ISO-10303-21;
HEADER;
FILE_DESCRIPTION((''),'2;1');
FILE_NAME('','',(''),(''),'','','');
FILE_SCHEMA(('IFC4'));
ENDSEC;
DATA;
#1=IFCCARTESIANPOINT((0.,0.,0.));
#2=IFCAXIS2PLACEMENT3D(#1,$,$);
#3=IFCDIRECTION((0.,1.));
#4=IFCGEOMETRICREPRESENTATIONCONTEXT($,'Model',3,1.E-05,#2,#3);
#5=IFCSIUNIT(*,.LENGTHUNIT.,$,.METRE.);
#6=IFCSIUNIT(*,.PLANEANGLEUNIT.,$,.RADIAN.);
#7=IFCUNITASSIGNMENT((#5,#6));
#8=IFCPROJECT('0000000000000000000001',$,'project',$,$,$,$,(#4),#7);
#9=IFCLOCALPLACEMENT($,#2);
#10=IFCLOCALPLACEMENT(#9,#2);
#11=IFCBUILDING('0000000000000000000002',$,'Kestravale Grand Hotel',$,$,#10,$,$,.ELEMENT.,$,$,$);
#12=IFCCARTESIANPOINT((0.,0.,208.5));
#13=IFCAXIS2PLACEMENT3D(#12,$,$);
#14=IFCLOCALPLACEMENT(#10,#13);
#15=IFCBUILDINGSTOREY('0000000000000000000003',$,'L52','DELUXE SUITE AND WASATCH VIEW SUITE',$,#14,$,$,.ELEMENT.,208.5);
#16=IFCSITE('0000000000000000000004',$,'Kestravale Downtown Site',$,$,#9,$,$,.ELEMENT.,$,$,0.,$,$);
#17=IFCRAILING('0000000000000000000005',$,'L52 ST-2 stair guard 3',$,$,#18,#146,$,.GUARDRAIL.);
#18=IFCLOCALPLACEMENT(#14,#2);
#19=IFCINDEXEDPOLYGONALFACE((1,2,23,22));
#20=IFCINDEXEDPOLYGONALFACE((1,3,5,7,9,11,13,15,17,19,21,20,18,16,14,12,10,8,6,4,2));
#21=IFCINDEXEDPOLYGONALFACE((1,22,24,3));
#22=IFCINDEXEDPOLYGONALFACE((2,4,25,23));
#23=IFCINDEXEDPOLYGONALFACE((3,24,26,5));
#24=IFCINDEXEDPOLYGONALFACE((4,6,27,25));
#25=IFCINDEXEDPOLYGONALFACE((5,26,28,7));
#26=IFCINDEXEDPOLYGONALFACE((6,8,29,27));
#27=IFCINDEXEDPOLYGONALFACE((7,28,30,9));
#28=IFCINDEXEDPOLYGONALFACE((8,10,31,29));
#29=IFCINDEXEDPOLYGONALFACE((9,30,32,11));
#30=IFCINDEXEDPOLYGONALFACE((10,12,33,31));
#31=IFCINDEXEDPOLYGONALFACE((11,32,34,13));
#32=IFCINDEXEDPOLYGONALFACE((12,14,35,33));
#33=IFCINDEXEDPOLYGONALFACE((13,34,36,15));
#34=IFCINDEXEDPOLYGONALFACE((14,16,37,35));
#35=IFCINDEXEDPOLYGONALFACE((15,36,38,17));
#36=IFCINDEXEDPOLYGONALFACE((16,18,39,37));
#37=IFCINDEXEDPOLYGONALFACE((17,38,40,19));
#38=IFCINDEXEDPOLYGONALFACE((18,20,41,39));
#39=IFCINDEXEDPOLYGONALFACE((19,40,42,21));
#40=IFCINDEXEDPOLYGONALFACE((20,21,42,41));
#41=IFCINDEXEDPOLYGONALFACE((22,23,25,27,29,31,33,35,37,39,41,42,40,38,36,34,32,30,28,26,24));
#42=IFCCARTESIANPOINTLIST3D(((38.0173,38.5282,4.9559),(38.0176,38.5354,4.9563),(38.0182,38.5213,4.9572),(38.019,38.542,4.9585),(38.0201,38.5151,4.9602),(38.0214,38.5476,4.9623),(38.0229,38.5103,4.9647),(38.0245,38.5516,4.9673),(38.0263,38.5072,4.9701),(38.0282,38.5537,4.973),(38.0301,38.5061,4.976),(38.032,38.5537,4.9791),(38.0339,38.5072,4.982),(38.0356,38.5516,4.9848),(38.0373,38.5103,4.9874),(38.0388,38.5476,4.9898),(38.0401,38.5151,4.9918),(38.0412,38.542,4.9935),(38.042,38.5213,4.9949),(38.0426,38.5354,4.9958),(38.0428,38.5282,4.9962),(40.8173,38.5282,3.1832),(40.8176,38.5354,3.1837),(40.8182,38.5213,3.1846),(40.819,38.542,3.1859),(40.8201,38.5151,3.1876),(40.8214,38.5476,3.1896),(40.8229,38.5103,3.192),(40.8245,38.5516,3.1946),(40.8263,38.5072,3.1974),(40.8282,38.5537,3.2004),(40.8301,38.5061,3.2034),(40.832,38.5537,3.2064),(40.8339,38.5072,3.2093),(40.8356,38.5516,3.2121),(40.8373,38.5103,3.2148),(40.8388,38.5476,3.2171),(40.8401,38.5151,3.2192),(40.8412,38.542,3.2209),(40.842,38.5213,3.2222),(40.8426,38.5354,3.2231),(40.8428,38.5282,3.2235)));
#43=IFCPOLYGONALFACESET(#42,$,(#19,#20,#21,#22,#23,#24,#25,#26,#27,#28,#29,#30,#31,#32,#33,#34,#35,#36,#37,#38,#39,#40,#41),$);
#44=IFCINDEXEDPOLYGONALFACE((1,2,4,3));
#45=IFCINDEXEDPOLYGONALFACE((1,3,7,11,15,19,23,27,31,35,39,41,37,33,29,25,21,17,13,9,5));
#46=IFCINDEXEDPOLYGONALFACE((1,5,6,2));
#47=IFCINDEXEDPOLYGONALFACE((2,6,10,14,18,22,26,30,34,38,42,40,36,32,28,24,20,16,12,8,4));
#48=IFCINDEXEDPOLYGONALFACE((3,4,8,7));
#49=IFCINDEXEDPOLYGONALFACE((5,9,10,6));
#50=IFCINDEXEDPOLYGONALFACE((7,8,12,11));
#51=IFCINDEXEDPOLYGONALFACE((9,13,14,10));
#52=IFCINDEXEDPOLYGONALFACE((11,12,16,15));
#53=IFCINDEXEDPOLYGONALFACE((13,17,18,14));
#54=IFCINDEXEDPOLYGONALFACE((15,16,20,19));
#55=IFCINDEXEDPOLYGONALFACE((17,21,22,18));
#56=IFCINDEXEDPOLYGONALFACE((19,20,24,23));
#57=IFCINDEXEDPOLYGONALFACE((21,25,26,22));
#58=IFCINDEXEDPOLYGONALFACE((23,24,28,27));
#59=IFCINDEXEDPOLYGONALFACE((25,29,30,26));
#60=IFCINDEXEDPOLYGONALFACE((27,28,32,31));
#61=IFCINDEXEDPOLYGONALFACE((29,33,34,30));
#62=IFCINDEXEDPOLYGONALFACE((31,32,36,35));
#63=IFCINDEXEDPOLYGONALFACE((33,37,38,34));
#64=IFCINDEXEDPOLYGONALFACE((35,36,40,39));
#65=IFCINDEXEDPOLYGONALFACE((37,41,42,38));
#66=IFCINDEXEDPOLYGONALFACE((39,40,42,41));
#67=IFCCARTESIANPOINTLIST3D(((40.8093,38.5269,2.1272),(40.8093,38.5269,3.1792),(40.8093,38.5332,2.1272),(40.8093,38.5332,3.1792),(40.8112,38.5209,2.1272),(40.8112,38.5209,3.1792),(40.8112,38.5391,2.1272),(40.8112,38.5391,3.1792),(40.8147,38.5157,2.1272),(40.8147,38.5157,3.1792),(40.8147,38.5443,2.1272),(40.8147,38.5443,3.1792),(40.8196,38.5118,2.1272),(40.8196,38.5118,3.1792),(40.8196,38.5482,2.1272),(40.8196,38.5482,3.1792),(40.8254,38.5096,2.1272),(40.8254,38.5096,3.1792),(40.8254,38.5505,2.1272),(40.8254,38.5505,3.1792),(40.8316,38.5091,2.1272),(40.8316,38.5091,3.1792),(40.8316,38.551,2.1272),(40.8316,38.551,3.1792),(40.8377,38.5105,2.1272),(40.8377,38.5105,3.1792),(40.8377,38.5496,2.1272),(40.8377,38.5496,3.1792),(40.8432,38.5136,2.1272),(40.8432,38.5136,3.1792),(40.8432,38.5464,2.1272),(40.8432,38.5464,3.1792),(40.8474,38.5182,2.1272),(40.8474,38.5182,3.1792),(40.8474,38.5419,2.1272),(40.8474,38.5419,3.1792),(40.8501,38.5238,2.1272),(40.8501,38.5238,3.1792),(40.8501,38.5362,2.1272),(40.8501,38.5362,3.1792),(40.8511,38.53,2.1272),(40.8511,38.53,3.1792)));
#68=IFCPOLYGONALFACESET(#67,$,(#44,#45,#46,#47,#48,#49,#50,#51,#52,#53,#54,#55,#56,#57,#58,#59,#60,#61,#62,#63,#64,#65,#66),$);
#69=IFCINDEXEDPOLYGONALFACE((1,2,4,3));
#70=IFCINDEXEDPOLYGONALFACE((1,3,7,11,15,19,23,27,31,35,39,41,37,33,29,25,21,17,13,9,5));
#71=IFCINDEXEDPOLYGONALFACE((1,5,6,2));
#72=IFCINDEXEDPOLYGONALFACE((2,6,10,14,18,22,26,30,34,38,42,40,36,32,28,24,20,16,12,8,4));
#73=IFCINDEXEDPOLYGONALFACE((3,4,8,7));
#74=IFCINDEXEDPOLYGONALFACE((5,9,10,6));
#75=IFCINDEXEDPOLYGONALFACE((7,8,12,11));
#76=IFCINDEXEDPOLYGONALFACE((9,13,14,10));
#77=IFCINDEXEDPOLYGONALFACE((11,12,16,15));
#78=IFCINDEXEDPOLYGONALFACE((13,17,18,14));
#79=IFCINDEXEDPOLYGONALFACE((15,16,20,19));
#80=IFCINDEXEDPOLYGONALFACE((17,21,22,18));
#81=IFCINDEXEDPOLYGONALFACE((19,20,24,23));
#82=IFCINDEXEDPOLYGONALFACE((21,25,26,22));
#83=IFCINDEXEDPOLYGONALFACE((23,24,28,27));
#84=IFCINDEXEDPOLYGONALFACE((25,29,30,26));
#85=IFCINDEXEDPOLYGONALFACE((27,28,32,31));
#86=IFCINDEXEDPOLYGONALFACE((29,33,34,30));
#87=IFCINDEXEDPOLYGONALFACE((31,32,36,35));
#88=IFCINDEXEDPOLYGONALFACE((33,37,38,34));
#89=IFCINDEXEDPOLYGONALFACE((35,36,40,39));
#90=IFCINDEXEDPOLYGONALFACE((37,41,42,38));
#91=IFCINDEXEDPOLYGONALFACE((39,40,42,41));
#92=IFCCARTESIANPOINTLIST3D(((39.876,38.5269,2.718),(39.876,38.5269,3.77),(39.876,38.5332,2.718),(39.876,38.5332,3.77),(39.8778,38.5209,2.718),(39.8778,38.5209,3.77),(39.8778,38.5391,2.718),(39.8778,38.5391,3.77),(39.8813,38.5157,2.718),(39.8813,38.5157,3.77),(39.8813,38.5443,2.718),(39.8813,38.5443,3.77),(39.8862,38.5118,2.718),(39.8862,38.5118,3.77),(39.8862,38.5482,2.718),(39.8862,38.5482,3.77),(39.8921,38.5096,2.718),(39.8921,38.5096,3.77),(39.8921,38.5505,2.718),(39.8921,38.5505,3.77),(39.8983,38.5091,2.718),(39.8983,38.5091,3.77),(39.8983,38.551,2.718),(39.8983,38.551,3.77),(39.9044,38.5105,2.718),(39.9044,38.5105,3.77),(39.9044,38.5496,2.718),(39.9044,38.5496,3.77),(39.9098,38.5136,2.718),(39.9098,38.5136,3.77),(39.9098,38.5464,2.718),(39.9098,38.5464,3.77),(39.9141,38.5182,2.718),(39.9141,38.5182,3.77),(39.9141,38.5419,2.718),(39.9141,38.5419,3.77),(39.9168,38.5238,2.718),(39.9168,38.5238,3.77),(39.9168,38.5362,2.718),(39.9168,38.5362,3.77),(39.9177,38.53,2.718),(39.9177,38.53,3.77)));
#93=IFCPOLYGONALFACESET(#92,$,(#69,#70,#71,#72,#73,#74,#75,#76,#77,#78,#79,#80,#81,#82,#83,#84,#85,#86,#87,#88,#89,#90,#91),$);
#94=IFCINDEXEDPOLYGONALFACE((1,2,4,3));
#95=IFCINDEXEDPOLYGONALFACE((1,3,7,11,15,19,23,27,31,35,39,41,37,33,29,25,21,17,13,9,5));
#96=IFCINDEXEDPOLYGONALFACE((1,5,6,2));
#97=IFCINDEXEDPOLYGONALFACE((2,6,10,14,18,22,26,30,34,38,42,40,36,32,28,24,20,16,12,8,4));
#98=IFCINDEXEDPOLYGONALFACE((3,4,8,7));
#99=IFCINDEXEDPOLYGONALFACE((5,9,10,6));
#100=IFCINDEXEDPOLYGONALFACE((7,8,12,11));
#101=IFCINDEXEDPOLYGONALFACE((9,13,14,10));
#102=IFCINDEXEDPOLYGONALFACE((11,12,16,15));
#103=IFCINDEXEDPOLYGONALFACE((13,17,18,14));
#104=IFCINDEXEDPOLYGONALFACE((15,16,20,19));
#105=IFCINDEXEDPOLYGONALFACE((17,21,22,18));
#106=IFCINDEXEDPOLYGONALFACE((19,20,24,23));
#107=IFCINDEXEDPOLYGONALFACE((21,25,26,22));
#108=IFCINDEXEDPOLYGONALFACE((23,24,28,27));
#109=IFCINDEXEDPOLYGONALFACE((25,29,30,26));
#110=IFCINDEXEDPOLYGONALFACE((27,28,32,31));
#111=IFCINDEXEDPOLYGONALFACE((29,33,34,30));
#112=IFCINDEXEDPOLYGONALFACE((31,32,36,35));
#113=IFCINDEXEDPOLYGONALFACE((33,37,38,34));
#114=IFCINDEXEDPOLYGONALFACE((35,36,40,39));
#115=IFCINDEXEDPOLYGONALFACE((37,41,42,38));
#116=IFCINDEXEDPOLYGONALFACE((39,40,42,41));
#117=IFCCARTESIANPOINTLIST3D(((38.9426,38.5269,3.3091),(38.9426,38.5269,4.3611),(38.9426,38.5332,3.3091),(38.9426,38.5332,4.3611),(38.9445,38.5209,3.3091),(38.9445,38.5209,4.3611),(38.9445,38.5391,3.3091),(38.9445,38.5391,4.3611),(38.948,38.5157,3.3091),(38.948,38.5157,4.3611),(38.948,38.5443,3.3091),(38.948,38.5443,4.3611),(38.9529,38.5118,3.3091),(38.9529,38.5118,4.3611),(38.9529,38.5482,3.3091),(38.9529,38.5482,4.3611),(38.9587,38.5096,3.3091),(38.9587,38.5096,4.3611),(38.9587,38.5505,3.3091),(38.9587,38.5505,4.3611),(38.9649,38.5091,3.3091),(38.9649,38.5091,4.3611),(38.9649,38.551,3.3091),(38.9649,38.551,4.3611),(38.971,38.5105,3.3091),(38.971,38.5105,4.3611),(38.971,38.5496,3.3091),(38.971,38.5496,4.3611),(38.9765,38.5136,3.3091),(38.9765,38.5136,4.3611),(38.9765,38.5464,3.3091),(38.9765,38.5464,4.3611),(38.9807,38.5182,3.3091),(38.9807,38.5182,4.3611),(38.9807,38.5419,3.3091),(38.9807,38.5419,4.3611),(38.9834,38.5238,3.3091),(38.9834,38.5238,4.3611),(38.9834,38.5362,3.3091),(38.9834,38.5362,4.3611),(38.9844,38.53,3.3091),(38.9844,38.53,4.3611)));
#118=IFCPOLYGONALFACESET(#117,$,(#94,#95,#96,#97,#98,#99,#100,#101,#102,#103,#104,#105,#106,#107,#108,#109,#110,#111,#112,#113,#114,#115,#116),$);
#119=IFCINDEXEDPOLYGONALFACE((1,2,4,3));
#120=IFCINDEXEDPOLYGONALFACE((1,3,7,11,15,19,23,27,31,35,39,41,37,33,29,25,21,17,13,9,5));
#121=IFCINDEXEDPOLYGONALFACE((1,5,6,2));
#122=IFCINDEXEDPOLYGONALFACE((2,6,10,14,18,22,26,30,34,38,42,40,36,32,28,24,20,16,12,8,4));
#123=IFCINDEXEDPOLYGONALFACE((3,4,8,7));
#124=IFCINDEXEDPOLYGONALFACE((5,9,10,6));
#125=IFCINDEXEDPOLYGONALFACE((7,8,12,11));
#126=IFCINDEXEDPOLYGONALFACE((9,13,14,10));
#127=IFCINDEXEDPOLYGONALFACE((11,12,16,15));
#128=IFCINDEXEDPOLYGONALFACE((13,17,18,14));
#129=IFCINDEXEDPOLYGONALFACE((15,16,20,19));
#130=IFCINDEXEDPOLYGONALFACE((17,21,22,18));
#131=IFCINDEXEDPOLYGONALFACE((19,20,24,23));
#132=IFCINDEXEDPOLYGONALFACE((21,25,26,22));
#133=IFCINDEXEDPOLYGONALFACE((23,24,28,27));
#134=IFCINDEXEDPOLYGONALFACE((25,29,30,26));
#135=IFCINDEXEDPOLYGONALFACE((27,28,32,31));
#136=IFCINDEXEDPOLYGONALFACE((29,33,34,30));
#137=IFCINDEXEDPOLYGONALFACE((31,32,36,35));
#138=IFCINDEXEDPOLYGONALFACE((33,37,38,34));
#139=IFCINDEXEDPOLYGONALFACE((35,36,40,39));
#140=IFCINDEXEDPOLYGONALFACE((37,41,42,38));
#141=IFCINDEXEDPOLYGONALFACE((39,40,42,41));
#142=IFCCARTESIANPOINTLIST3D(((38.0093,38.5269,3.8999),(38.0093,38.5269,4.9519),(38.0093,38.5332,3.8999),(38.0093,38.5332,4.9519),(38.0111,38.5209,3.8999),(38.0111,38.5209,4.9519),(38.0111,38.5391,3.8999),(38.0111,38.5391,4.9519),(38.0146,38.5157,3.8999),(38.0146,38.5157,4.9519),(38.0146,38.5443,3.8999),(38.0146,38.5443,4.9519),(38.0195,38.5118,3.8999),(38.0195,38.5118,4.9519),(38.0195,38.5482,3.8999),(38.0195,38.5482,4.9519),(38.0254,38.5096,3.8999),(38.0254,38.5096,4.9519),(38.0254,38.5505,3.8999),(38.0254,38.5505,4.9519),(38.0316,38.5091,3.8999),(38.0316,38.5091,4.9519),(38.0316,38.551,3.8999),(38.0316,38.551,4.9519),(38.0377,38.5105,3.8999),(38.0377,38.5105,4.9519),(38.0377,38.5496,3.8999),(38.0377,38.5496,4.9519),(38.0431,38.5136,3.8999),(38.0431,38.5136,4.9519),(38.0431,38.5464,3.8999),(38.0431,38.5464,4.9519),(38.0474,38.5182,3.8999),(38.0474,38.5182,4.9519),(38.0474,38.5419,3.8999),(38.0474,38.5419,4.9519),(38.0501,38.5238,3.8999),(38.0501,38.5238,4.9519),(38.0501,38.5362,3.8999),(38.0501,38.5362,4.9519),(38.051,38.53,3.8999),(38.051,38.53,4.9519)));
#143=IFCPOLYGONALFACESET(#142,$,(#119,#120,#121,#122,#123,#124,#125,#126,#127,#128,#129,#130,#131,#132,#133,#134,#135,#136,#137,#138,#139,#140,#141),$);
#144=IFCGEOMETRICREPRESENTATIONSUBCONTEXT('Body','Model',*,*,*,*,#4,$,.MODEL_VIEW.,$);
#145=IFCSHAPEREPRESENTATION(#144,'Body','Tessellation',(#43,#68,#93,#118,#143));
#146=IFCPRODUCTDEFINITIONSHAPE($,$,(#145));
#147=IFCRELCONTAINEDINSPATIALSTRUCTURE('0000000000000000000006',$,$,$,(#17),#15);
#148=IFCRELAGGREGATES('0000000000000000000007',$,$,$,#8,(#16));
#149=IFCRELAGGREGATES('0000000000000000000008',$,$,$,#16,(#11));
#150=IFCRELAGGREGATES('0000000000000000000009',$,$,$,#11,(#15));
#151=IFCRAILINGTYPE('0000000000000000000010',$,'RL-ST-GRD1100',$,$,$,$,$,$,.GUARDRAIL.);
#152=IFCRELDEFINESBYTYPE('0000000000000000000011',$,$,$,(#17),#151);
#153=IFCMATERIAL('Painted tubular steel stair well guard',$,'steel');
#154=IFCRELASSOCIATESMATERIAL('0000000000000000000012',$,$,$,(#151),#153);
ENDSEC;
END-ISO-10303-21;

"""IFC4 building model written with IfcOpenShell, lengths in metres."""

from ifc_helpers import new_model, si_unit, direction, frame, origin, origin_2d, place, context, subcontext, project, spatial, circle, extrude, material, type_object, element, save


model = new_model("IFC4")

# Units and contexts
model_context = context("Model", 3, precision=1e-05, world=origin(), true_north=direction((0.0, 1.0)))
body_context = subcontext(model_context, "Body", "Model", "MODEL_VIEW")
ifc_project = project(units=[si_unit("LENGTHUNIT", "METRE"), si_unit("PLANEANGLEUNIT", "RADIAN")], contexts=[model_context])

# Site, building, storey
site_placement = place(None, origin())
site = spatial("IfcSite", under=ifc_project, at=site_placement, Name="Kestravale Downtown Site", CompositionType="ELEMENT", RefElevation=0.0)
building_placement = place(site_placement, origin())
building = spatial("IfcBuilding", under=site, at=building_placement, Name="Kestravale Grand Hotel", CompositionType="ELEMENT")
storey_placement = place(building_placement, frame((0.0, 0.0, 208.5)))
storey = spatial("IfcBuildingStorey", under=building, at=storey_placement, Name="L52", Description="DELUXE SUITE AND WASATCH VIEW SUITE", CompositionType="ELEMENT", Elevation=208.5)

# Railing
ifc_material_1 = material(Name="Painted tubular steel stair well guard", Category="steel")
railing_type_1 = type_object("IfcRailingType", Name="RL-ST-GRD1100", PredefinedType="GUARDRAIL", material=ifc_material_1)
railing_1_placement = place(storey_placement, frame((40.8301, 38.53, 2.1272)))
element("IfcRailing", 1, at=railing_1_placement, inside=storey, type_object=railing_type_1, Name="L52 ST-2 stair guard 3", PredefinedType="GUARDRAIL", context=body_context, shape_type="SweptSolid", body=[
    extrude(circle(Radius=0.0239, at=origin_2d()), frame((0.0, 0.0, 1.0762), z_axis=(-0.844909, 0.0, 0.53491), x_axis=(0.0, -1.0, 0.0)), (0.0, 0.0, 1.0), 3.314),
    extrude(circle(Radius=0.021, at=origin_2d()), origin(), (0.0, 0.0, 1.0), 1.052),
    extrude(circle(Radius=0.021, at=origin_2d()), frame((-0.9333, 0.0, 0.5908)), (0.0, 0.0, 1.0), 1.052),
    extrude(circle(Radius=0.021, at=origin_2d()), frame((-1.8667, 0.0, 1.1819)), (0.0, 0.0, 1.0), 1.052),
    extrude(circle(Radius=0.021, at=origin_2d()), frame((-2.8, 0.0, 1.7727)), (0.0, 0.0, 1.0), 1.052),
])

save(model, "model.ifc")
